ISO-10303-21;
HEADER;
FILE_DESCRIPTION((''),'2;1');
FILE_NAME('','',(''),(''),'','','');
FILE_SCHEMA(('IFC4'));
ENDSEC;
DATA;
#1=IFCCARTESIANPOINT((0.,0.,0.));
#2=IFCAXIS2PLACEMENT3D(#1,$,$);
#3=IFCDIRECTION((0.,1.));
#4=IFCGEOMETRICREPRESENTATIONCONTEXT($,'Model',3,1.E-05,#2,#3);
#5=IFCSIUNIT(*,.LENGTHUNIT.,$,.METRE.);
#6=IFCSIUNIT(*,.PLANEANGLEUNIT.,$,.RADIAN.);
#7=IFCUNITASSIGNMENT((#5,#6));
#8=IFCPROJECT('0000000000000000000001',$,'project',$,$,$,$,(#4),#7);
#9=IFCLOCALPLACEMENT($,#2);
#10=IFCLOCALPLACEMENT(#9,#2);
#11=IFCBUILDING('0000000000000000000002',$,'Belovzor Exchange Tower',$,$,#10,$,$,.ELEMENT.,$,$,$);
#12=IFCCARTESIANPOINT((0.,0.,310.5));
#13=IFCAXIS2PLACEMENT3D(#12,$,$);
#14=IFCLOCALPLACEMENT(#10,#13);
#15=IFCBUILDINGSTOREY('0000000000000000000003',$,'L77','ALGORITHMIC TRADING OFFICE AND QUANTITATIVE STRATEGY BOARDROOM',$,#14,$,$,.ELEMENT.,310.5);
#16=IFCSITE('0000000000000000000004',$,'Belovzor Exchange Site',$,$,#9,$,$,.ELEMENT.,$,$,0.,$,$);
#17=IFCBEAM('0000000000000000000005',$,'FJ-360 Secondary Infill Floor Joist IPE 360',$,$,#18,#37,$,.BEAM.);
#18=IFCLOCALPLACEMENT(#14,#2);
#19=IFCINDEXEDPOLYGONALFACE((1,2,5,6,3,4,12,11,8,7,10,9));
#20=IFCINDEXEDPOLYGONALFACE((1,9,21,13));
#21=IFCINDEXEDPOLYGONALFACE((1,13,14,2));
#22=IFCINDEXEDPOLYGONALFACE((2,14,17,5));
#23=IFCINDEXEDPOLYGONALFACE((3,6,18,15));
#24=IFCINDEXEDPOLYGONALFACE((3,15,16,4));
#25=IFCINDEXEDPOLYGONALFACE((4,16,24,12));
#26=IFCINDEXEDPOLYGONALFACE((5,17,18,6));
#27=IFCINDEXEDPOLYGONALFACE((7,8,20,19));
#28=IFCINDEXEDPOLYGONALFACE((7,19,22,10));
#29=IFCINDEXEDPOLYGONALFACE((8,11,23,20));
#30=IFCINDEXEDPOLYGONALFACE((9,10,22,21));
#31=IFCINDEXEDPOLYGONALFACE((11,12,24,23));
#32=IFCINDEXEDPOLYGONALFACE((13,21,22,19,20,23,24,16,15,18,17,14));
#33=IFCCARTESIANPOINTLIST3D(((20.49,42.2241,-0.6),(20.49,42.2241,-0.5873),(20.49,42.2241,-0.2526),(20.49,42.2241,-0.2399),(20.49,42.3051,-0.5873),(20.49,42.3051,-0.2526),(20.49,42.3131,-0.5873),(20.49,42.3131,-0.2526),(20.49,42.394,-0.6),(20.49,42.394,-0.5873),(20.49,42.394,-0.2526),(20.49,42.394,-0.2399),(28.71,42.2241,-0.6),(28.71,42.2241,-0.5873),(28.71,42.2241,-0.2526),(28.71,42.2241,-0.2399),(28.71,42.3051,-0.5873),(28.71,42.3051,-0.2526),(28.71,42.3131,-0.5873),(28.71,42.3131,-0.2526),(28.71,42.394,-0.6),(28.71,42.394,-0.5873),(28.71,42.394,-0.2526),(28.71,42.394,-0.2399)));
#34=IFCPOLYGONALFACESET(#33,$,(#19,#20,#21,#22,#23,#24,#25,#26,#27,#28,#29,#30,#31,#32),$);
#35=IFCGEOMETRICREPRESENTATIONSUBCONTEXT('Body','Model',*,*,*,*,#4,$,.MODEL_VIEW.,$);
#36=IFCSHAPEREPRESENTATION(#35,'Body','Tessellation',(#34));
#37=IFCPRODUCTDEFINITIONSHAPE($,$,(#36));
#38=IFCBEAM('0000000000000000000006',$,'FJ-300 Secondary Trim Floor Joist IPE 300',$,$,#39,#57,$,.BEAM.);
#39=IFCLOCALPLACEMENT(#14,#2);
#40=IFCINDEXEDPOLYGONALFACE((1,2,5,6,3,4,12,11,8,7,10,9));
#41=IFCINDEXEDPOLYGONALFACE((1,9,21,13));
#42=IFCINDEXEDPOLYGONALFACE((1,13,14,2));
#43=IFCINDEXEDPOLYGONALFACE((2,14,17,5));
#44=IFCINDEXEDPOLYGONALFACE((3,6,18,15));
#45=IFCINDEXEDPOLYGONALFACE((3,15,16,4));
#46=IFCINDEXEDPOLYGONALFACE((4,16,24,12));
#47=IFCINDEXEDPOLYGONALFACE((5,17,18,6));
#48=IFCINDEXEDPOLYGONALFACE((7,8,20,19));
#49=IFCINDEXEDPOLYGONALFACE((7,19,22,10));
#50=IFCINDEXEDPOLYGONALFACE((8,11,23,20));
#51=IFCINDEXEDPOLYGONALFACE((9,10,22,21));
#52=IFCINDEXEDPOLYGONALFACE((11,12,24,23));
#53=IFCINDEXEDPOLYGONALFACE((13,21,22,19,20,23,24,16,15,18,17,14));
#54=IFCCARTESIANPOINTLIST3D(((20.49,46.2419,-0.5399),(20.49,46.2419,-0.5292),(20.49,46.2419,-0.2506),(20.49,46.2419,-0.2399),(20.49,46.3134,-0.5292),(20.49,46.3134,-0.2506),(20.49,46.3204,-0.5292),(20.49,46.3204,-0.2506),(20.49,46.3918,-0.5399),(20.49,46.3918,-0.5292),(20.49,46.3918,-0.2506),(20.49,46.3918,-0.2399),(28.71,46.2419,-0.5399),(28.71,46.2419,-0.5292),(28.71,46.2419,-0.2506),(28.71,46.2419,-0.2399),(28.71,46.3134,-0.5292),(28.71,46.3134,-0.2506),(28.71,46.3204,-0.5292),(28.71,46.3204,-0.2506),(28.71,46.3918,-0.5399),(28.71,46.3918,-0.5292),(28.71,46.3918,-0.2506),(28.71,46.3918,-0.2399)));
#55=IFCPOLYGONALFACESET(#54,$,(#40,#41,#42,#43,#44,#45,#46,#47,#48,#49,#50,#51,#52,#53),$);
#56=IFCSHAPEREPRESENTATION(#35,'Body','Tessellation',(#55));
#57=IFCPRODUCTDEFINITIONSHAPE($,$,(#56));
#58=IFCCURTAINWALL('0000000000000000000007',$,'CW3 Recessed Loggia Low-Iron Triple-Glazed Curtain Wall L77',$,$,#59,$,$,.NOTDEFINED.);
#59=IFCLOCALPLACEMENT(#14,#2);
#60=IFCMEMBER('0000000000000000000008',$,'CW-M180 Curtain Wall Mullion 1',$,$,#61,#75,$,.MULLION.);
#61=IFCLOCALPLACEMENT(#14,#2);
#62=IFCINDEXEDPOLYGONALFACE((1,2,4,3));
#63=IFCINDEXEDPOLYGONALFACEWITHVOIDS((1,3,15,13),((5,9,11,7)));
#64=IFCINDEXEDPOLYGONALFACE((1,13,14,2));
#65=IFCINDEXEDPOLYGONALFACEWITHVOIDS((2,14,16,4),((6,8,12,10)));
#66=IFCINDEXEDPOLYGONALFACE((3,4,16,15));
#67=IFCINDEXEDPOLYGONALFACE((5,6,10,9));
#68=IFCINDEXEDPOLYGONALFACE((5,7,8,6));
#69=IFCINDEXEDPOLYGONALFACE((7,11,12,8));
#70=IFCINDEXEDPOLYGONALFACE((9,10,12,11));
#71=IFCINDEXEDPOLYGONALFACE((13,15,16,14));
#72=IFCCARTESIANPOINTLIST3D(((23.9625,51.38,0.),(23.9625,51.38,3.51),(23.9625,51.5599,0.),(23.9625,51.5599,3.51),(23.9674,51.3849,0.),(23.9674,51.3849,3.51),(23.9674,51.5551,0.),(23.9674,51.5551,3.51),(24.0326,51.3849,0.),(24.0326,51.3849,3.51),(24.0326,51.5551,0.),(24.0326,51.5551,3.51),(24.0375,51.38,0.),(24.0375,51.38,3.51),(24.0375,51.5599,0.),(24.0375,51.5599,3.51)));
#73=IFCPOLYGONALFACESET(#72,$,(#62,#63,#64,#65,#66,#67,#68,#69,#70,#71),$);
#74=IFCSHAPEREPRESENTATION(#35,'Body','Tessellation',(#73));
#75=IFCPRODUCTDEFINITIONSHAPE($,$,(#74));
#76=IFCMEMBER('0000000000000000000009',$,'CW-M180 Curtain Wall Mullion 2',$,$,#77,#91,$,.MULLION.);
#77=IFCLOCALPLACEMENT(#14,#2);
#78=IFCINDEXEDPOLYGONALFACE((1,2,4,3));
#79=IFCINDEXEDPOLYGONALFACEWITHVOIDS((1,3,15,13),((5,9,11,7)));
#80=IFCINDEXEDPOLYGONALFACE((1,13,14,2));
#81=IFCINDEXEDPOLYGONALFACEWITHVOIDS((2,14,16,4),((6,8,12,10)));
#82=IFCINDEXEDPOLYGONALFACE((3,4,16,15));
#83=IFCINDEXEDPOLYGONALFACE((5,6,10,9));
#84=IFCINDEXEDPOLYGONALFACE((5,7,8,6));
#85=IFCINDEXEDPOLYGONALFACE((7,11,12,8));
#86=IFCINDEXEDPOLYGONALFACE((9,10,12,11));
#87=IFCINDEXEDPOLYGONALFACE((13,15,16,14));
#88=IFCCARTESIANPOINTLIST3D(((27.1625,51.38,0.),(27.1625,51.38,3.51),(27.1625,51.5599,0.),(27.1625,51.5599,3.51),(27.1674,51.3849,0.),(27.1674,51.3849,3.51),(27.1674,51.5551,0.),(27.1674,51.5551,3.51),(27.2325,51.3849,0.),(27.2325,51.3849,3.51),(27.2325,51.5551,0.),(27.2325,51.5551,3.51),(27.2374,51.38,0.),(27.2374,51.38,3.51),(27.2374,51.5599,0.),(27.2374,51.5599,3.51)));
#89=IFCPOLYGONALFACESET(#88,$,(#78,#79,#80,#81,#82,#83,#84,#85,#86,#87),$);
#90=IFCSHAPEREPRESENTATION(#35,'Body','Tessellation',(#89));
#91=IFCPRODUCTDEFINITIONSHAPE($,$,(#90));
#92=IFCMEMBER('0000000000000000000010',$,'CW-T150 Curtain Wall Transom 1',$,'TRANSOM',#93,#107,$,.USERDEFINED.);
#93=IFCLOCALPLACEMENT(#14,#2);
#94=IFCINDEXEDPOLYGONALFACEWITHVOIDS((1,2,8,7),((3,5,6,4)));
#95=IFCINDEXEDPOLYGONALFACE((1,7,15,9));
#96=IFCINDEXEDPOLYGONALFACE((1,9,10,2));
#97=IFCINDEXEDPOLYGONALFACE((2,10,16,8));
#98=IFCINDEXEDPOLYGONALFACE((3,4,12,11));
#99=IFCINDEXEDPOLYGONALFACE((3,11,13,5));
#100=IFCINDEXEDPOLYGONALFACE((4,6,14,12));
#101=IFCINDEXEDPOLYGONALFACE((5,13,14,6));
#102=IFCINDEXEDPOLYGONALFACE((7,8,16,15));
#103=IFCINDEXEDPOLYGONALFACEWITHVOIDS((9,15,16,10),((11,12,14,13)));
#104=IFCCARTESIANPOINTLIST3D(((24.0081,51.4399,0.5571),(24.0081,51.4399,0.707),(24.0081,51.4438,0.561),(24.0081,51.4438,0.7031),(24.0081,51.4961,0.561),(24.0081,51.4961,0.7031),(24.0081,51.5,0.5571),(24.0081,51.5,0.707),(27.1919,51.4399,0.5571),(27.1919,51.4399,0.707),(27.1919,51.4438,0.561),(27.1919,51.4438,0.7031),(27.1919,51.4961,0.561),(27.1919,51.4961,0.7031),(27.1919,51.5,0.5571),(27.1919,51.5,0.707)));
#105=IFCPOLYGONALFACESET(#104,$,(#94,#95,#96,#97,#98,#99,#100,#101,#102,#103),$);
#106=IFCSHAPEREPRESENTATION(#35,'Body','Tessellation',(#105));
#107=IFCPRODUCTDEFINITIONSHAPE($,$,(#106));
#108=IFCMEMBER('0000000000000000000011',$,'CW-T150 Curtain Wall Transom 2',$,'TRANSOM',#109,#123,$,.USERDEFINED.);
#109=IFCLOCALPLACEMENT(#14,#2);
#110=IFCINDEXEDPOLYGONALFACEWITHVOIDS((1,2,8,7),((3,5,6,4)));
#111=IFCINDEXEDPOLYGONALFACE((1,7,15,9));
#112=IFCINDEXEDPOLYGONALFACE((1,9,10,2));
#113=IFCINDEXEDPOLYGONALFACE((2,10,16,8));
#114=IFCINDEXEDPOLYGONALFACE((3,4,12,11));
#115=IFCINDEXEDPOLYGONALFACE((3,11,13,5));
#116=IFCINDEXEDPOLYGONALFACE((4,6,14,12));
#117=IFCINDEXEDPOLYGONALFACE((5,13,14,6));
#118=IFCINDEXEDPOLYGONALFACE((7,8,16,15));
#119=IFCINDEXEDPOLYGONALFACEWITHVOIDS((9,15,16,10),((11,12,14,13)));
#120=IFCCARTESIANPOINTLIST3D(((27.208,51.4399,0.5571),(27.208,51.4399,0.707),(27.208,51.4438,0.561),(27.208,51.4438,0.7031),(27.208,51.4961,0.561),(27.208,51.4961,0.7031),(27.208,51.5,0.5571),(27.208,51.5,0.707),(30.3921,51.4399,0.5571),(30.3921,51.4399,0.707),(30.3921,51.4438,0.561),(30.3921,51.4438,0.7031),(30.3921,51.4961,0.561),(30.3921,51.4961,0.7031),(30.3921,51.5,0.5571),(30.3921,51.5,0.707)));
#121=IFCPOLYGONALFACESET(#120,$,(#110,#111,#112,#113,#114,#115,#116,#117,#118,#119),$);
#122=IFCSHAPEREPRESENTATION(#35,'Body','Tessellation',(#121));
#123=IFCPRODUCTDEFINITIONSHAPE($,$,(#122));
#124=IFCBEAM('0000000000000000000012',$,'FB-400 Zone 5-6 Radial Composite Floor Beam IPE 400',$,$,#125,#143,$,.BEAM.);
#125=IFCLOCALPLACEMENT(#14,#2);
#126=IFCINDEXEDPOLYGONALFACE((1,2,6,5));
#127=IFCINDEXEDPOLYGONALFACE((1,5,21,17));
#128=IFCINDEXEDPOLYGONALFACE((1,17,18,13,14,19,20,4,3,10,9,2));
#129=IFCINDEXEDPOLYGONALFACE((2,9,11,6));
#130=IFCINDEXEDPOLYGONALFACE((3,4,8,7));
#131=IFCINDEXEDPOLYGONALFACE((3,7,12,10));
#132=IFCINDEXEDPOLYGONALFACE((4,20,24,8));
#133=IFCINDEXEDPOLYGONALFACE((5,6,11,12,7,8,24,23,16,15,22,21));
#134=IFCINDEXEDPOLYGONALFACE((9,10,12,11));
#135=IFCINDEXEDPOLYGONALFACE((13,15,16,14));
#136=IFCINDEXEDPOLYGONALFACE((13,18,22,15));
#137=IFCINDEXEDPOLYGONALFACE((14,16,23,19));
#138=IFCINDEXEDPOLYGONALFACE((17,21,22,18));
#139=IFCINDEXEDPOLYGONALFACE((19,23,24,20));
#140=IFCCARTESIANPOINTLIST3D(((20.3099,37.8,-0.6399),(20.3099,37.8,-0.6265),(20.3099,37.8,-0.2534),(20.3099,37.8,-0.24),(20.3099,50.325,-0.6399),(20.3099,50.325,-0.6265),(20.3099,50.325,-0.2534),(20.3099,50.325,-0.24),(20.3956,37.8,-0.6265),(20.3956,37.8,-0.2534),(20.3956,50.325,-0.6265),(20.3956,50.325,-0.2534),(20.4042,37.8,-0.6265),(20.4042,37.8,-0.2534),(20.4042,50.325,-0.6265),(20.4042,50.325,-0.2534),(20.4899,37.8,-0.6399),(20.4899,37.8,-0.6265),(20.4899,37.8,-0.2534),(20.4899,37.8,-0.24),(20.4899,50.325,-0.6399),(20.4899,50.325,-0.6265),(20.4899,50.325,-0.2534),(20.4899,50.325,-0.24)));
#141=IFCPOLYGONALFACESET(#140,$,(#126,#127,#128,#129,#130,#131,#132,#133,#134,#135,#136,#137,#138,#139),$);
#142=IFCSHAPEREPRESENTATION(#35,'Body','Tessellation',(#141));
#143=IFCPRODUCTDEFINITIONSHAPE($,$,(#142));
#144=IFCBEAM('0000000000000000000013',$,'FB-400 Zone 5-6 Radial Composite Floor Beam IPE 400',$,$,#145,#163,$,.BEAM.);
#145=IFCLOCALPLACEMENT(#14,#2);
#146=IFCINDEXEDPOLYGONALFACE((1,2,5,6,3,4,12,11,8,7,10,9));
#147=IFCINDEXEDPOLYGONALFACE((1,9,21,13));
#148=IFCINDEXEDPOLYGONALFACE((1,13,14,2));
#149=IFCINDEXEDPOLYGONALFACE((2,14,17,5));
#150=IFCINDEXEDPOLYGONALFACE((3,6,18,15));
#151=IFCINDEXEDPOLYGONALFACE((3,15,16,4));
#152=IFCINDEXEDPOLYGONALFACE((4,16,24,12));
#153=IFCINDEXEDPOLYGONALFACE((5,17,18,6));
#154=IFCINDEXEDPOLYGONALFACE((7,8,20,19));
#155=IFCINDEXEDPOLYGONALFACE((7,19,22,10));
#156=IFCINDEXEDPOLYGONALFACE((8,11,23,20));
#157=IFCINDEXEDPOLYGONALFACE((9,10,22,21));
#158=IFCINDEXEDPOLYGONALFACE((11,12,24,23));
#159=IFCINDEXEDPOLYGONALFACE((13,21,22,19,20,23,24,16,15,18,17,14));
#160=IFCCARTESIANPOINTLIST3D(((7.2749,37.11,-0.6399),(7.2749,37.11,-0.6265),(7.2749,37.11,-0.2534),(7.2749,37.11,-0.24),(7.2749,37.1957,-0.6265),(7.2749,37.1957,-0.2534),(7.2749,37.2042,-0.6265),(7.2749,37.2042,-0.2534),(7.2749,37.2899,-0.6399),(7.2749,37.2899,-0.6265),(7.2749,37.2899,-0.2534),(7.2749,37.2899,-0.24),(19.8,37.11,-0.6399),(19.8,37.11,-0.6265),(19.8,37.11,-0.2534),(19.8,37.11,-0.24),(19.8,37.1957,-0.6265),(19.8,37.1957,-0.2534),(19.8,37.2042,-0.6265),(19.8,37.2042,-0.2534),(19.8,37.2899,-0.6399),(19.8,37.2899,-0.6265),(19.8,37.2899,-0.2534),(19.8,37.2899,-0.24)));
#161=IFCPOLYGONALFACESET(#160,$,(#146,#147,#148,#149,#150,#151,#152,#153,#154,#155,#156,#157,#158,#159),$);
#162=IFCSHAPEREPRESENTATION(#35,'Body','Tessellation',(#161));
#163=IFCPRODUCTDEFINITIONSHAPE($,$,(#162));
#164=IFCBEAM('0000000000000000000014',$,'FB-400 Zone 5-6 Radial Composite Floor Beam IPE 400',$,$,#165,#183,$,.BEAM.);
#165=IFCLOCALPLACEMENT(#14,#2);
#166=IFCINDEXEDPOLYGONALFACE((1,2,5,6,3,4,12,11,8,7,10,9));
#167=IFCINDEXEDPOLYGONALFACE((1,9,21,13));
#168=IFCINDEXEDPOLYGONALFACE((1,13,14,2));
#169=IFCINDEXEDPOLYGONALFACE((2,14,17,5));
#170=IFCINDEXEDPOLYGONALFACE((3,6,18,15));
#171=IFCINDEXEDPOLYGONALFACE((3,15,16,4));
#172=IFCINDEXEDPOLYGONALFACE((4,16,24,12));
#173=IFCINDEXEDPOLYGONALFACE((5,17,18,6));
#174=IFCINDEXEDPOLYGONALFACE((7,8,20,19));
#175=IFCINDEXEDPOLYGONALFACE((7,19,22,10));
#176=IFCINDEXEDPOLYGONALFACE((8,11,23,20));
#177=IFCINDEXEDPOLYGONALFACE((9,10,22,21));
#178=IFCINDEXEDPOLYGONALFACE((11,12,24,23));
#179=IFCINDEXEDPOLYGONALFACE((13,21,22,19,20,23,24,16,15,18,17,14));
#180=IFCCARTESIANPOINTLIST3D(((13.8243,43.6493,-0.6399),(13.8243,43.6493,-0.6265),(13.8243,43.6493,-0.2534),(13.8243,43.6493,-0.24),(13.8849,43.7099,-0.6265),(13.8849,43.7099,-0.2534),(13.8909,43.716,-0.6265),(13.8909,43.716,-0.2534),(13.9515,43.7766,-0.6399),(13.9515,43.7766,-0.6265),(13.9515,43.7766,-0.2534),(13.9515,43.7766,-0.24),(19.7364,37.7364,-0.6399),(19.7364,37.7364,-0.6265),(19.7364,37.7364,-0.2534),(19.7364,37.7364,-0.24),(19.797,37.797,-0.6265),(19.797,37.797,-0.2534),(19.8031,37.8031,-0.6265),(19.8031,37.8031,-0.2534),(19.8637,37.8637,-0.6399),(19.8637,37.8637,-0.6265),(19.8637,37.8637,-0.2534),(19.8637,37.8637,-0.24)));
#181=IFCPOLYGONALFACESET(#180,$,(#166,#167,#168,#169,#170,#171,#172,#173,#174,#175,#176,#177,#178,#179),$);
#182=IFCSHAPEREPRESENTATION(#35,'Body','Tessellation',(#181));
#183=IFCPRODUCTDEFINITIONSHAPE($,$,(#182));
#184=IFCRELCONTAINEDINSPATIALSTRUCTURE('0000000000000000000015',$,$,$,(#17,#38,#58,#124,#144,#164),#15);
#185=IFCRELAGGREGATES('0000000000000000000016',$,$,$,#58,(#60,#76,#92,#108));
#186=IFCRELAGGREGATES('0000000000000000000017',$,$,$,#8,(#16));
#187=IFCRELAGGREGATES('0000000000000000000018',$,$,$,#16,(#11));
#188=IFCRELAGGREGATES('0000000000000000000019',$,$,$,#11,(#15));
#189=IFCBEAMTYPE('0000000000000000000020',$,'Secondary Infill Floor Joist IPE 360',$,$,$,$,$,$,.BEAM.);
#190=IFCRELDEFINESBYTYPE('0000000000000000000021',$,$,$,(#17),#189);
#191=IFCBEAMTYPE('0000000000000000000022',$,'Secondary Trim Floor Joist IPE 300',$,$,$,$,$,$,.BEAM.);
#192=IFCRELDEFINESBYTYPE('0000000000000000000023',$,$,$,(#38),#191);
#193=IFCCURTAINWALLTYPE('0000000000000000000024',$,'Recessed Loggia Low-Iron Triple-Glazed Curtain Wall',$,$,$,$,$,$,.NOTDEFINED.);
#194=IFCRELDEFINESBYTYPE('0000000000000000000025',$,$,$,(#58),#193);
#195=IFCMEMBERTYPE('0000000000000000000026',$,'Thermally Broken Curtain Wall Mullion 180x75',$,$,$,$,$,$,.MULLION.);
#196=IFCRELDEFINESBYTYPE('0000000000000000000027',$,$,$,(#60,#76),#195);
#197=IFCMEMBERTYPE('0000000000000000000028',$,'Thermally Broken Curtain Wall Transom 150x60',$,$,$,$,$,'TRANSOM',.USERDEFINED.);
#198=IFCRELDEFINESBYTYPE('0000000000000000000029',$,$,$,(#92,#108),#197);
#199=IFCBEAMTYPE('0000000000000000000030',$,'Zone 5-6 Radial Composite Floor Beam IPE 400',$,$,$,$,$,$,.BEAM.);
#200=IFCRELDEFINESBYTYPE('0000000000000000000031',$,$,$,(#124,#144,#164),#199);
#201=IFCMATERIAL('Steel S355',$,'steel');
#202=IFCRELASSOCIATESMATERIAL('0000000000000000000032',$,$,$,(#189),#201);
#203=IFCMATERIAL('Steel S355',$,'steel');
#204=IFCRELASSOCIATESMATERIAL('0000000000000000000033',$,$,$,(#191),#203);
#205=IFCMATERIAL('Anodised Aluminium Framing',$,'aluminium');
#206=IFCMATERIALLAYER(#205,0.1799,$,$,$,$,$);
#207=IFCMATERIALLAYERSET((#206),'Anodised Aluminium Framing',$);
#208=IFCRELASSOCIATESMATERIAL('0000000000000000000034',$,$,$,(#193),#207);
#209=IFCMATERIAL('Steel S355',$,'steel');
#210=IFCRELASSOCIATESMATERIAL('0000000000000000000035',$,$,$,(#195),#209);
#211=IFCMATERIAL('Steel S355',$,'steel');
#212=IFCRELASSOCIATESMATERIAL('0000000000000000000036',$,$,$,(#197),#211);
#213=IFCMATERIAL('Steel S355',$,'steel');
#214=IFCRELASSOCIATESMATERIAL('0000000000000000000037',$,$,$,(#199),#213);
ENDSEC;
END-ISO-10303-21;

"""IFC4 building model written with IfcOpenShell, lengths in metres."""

from ifc_helpers import new_model, si_unit, direction, frame, origin, origin_2d, place, context, subcontext, project, spatial, hollow_rectangle, i_section, extrude, material, layer, layer_set, material_profile, profile_set, type_object, element, aggregate, save


model = new_model("IFC4")

# Units and contexts
model_context = context("Model", 3, precision=1e-05, world=origin(), true_north=direction((0.0, 1.0)))
body_context = subcontext(model_context, "Body", "Model", "MODEL_VIEW")
ifc_project = project(units=[si_unit("LENGTHUNIT", "METRE"), si_unit("PLANEANGLEUNIT", "RADIAN")], contexts=[model_context])

# Site, building, storey
site_placement = place(None, origin())
site = spatial("IfcSite", under=ifc_project, at=site_placement, Name="Belovzor Exchange Site", CompositionType="ELEMENT", RefElevation=0.0)
building_placement = place(site_placement, origin())
building = spatial("IfcBuilding", under=site, at=building_placement, Name="Belovzor Exchange Tower", CompositionType="ELEMENT")
storey_placement = place(building_placement, frame((0.0, 0.0, 310.5)))
storey = spatial("IfcBuildingStorey", under=building, at=storey_placement, Name="L77", Description="ALGORITHMIC TRADING OFFICE AND QUANTITATIVE STRATEGY BOARDROOM", CompositionType="ELEMENT", Elevation=310.5)

# Beams
ifc_material_1 = material(Name="Steel S355", Category="steel")
ifc_material_profile_1 = material_profile(ifc_material_1, i_section(OverallWidth=0.1699, OverallDepth=0.3601, WebThickness=0.0081, FlangeThickness=0.0127, at=origin_2d()))
ifc_profile_set_1 = profile_set([ifc_material_profile_1], Name="Steel S355")
beam_type_1 = type_object("IfcBeamType", Name="Secondary Infill Floor Joist IPE 360", PredefinedType="BEAM", material=ifc_profile_set_1)
beam_1_placement = place(storey_placement, frame((20.49, 42.3091, -0.4199), z_axis=(1.0, 0.0, 0.0), x_axis=(0.0, 1.0, 0.0)))
element("IfcBeam", 1, at=beam_1_placement, inside=storey, type_object=beam_type_1, Name="FJ-360 Secondary Infill Floor Joist IPE 360", PredefinedType="BEAM", context=body_context, shape_type="SweptSolid", body=[
    extrude(i_section(OverallWidth=0.1699, OverallDepth=0.3601, WebThickness=0.0081, FlangeThickness=0.0127, at=origin_2d()), origin(), (0.0, 0.0, 1.0), 8.22),
])
ifc_material_2 = material(Name="Steel S355", Category="steel")
ifc_material_profile_2 = material_profile(ifc_material_2, i_section(OverallWidth=0.1499, OverallDepth=0.3, WebThickness=0.0071, FlangeThickness=0.0107, at=origin_2d()))
ifc_profile_set_2 = profile_set([ifc_material_profile_2], Name="Steel S355")
beam_type_2 = type_object("IfcBeamType", Name="Secondary Trim Floor Joist IPE 300", PredefinedType="BEAM", material=ifc_profile_set_2)
beam_2_placement = place(storey_placement, frame((20.49, 46.3169, -0.3899), z_axis=(1.0, 0.0, 0.0), x_axis=(0.0, 1.0, 0.0)))
element("IfcBeam", 2, at=beam_2_placement, inside=storey, type_object=beam_type_2, Name="FJ-300 Secondary Trim Floor Joist IPE 300", PredefinedType="BEAM", context=body_context, shape_type="SweptSolid", body=[
    extrude(i_section(OverallWidth=0.1499, OverallDepth=0.3, WebThickness=0.0071, FlangeThickness=0.0107, at=origin_2d()), origin(), (0.0, 0.0, 1.0), 8.22),
])

# Curtain wall, members
ifc_material_3 = material(Name="Anodised Aluminium Framing", Category="aluminium")
ifc_layer_1 = layer(ifc_material_3, 0.1799)
ifc_layer_set_1 = layer_set([ifc_layer_1], Name="Anodised Aluminium Framing")
curtain_wall_type = type_object("IfcCurtainWallType", Name="Recessed Loggia Low-Iron Triple-Glazed Curtain Wall", PredefinedType="NOTDEFINED", material=ifc_layer_set_1)
curtain_wall_placement = place(storey_placement, origin())
curtain_wall = element("IfcCurtainWall", 3, at=curtain_wall_placement, inside=storey, type_object=curtain_wall_type, Name="CW3 Recessed Loggia Low-Iron Triple-Glazed Curtain Wall L77", PredefinedType="NOTDEFINED")
ifc_material_4 = material(Name="Steel S355", Category="steel")
ifc_material_profile_3 = material_profile(ifc_material_4, hollow_rectangle(XDim=0.075, YDim=0.1799, WallThickness=0.0049, at=origin_2d()))
ifc_profile_set_3 = profile_set([ifc_material_profile_3], Name="Steel S355")
member_type_1 = type_object("IfcMemberType", Name="Thermally Broken Curtain Wall Mullion 180x75", PredefinedType="MULLION", material=ifc_profile_set_3)
member_1_placement = place(storey_placement, frame((24.0, 51.47, 0.0), z_axis=(0.0, 0.0, 1.0), x_axis=(1.0, 0.0, 0.0)))
member_1 = element("IfcMember", 4, at=member_1_placement, type_object=member_type_1, Name="CW-M180 Curtain Wall Mullion 1", PredefinedType="MULLION", context=body_context, shape_type="SweptSolid", body=[
    extrude(hollow_rectangle(XDim=0.075, YDim=0.1799, WallThickness=0.0049, at=origin_2d()), origin(), (0.0, 0.0, 1.0), 3.51),
])
member_2_placement = place(storey_placement, frame((27.2, 51.47, 0.0), z_axis=(0.0, 0.0, 1.0), x_axis=(1.0, 0.0, 0.0)))
member_2 = element("IfcMember", 5, at=member_2_placement, type_object=member_type_1, Name="CW-M180 Curtain Wall Mullion 2", PredefinedType="MULLION", context=body_context, shape_type="SweptSolid", body=[
    extrude(hollow_rectangle(XDim=0.075, YDim=0.1799, WallThickness=0.0049, at=origin_2d()), origin(), (0.0, 0.0, 1.0), 3.51),
])
ifc_material_5 = material(Name="Steel S355", Category="steel")
ifc_material_profile_4 = material_profile(ifc_material_5, hollow_rectangle(XDim=0.0601, YDim=0.1499, WallThickness=0.0039, at=origin_2d()))
ifc_profile_set_4 = profile_set([ifc_material_profile_4], Name="Steel S355")
member_type_2 = type_object("IfcMemberType", Name="Thermally Broken Curtain Wall Transom 150x60", ElementType="TRANSOM", PredefinedType="USERDEFINED", material=ifc_profile_set_4)
member_3_placement = place(storey_placement, frame((24.0081, 51.47, 0.6321), z_axis=(1.0, 0.0, 0.0), x_axis=(0.0, 1.0, 0.0)))
member_3 = element("IfcMember", 6, at=member_3_placement, type_object=member_type_2, Name="CW-T150 Curtain Wall Transom 1", ObjectType="TRANSOM", PredefinedType="USERDEFINED", context=body_context, shape_type="SweptSolid", body=[
    extrude(hollow_rectangle(XDim=0.0601, YDim=0.1499, WallThickness=0.0039, at=origin_2d()), origin(), (0.0, 0.0, 1.0), 3.1838),
])
member_4_placement = place(storey_placement, frame((27.208, 51.47, 0.6321), z_axis=(1.0, 0.0, 0.0), x_axis=(0.0, 1.0, 0.0)))
member_4 = element("IfcMember", 7, at=member_4_placement, type_object=member_type_2, Name="CW-T150 Curtain Wall Transom 2", ObjectType="TRANSOM", PredefinedType="USERDEFINED", context=body_context, shape_type="SweptSolid", body=[
    extrude(hollow_rectangle(XDim=0.0601, YDim=0.1499, WallThickness=0.0039, at=origin_2d()), origin(), (0.0, 0.0, 1.0), 3.1841),
])

# Beams
ifc_material_6 = material(Name="Steel S355", Category="steel")
ifc_material_profile_5 = material_profile(ifc_material_6, i_section(OverallWidth=0.1799, OverallDepth=0.3999, WebThickness=0.0085, FlangeThickness=0.0134, at=origin_2d()))
ifc_profile_set_5 = profile_set([ifc_material_profile_5], Name="Steel S355")
beam_type_3 = type_object("IfcBeamType", Name="Zone 5-6 Radial Composite Floor Beam IPE 400", PredefinedType="BEAM", material=ifc_profile_set_5)
beam_3_placement = place(storey_placement, frame((20.3999, 37.8, -0.4399), z_axis=(0.0, 1.0, 0.0), x_axis=(-1.0, 0.0, 0.0)))
element("IfcBeam", 8, at=beam_3_placement, inside=storey, type_object=beam_type_3, Name="FB-400 Zone 5-6 Radial Composite Floor Beam IPE 400", PredefinedType="BEAM", context=body_context, shape_type="SweptSolid", body=[
    extrude(i_section(OverallWidth=0.1799, OverallDepth=0.3999, WebThickness=0.0085, FlangeThickness=0.0134, at=origin_2d()), origin(), (0.0, 0.0, 1.0), 12.5249),
])
beam_4_placement = place(storey_placement, frame((19.8, 37.2, -0.4399), z_axis=(-1.0, 0.0, 0.0), x_axis=(0.0, -1.0, 0.0)))
element("IfcBeam", 9, at=beam_4_placement, inside=storey, type_object=beam_type_3, Name="FB-400 Zone 5-6 Radial Composite Floor Beam IPE 400", PredefinedType="BEAM", context=body_context, shape_type="SweptSolid", body=[
    extrude(i_section(OverallWidth=0.1799, OverallDepth=0.3999, WebThickness=0.0085, FlangeThickness=0.0134, at=origin_2d()), origin(), (0.0, 0.0, 1.0), 12.5251),
])
beam_5_placement = place(storey_placement, frame((19.8, 37.8, -0.4399), z_axis=(-0.707063, 0.707151, 0.0), x_axis=(-0.707151, -0.707063, 0.0)))
element("IfcBeam", 10, at=beam_5_placement, inside=storey, type_object=beam_type_3, Name="FB-400 Zone 5-6 Radial Composite Floor Beam IPE 400", PredefinedType="BEAM", context=body_context, shape_type="SweptSolid", body=[
    extrude(i_section(OverallWidth=0.1799, OverallDepth=0.3999, WebThickness=0.0085, FlangeThickness=0.0134, at=origin_2d()), origin(), (0.0, 0.0, 1.0), 8.3616),
])

aggregate(curtain_wall, [member_1, member_2, member_3, member_4])

save(model, "model.ifc")
